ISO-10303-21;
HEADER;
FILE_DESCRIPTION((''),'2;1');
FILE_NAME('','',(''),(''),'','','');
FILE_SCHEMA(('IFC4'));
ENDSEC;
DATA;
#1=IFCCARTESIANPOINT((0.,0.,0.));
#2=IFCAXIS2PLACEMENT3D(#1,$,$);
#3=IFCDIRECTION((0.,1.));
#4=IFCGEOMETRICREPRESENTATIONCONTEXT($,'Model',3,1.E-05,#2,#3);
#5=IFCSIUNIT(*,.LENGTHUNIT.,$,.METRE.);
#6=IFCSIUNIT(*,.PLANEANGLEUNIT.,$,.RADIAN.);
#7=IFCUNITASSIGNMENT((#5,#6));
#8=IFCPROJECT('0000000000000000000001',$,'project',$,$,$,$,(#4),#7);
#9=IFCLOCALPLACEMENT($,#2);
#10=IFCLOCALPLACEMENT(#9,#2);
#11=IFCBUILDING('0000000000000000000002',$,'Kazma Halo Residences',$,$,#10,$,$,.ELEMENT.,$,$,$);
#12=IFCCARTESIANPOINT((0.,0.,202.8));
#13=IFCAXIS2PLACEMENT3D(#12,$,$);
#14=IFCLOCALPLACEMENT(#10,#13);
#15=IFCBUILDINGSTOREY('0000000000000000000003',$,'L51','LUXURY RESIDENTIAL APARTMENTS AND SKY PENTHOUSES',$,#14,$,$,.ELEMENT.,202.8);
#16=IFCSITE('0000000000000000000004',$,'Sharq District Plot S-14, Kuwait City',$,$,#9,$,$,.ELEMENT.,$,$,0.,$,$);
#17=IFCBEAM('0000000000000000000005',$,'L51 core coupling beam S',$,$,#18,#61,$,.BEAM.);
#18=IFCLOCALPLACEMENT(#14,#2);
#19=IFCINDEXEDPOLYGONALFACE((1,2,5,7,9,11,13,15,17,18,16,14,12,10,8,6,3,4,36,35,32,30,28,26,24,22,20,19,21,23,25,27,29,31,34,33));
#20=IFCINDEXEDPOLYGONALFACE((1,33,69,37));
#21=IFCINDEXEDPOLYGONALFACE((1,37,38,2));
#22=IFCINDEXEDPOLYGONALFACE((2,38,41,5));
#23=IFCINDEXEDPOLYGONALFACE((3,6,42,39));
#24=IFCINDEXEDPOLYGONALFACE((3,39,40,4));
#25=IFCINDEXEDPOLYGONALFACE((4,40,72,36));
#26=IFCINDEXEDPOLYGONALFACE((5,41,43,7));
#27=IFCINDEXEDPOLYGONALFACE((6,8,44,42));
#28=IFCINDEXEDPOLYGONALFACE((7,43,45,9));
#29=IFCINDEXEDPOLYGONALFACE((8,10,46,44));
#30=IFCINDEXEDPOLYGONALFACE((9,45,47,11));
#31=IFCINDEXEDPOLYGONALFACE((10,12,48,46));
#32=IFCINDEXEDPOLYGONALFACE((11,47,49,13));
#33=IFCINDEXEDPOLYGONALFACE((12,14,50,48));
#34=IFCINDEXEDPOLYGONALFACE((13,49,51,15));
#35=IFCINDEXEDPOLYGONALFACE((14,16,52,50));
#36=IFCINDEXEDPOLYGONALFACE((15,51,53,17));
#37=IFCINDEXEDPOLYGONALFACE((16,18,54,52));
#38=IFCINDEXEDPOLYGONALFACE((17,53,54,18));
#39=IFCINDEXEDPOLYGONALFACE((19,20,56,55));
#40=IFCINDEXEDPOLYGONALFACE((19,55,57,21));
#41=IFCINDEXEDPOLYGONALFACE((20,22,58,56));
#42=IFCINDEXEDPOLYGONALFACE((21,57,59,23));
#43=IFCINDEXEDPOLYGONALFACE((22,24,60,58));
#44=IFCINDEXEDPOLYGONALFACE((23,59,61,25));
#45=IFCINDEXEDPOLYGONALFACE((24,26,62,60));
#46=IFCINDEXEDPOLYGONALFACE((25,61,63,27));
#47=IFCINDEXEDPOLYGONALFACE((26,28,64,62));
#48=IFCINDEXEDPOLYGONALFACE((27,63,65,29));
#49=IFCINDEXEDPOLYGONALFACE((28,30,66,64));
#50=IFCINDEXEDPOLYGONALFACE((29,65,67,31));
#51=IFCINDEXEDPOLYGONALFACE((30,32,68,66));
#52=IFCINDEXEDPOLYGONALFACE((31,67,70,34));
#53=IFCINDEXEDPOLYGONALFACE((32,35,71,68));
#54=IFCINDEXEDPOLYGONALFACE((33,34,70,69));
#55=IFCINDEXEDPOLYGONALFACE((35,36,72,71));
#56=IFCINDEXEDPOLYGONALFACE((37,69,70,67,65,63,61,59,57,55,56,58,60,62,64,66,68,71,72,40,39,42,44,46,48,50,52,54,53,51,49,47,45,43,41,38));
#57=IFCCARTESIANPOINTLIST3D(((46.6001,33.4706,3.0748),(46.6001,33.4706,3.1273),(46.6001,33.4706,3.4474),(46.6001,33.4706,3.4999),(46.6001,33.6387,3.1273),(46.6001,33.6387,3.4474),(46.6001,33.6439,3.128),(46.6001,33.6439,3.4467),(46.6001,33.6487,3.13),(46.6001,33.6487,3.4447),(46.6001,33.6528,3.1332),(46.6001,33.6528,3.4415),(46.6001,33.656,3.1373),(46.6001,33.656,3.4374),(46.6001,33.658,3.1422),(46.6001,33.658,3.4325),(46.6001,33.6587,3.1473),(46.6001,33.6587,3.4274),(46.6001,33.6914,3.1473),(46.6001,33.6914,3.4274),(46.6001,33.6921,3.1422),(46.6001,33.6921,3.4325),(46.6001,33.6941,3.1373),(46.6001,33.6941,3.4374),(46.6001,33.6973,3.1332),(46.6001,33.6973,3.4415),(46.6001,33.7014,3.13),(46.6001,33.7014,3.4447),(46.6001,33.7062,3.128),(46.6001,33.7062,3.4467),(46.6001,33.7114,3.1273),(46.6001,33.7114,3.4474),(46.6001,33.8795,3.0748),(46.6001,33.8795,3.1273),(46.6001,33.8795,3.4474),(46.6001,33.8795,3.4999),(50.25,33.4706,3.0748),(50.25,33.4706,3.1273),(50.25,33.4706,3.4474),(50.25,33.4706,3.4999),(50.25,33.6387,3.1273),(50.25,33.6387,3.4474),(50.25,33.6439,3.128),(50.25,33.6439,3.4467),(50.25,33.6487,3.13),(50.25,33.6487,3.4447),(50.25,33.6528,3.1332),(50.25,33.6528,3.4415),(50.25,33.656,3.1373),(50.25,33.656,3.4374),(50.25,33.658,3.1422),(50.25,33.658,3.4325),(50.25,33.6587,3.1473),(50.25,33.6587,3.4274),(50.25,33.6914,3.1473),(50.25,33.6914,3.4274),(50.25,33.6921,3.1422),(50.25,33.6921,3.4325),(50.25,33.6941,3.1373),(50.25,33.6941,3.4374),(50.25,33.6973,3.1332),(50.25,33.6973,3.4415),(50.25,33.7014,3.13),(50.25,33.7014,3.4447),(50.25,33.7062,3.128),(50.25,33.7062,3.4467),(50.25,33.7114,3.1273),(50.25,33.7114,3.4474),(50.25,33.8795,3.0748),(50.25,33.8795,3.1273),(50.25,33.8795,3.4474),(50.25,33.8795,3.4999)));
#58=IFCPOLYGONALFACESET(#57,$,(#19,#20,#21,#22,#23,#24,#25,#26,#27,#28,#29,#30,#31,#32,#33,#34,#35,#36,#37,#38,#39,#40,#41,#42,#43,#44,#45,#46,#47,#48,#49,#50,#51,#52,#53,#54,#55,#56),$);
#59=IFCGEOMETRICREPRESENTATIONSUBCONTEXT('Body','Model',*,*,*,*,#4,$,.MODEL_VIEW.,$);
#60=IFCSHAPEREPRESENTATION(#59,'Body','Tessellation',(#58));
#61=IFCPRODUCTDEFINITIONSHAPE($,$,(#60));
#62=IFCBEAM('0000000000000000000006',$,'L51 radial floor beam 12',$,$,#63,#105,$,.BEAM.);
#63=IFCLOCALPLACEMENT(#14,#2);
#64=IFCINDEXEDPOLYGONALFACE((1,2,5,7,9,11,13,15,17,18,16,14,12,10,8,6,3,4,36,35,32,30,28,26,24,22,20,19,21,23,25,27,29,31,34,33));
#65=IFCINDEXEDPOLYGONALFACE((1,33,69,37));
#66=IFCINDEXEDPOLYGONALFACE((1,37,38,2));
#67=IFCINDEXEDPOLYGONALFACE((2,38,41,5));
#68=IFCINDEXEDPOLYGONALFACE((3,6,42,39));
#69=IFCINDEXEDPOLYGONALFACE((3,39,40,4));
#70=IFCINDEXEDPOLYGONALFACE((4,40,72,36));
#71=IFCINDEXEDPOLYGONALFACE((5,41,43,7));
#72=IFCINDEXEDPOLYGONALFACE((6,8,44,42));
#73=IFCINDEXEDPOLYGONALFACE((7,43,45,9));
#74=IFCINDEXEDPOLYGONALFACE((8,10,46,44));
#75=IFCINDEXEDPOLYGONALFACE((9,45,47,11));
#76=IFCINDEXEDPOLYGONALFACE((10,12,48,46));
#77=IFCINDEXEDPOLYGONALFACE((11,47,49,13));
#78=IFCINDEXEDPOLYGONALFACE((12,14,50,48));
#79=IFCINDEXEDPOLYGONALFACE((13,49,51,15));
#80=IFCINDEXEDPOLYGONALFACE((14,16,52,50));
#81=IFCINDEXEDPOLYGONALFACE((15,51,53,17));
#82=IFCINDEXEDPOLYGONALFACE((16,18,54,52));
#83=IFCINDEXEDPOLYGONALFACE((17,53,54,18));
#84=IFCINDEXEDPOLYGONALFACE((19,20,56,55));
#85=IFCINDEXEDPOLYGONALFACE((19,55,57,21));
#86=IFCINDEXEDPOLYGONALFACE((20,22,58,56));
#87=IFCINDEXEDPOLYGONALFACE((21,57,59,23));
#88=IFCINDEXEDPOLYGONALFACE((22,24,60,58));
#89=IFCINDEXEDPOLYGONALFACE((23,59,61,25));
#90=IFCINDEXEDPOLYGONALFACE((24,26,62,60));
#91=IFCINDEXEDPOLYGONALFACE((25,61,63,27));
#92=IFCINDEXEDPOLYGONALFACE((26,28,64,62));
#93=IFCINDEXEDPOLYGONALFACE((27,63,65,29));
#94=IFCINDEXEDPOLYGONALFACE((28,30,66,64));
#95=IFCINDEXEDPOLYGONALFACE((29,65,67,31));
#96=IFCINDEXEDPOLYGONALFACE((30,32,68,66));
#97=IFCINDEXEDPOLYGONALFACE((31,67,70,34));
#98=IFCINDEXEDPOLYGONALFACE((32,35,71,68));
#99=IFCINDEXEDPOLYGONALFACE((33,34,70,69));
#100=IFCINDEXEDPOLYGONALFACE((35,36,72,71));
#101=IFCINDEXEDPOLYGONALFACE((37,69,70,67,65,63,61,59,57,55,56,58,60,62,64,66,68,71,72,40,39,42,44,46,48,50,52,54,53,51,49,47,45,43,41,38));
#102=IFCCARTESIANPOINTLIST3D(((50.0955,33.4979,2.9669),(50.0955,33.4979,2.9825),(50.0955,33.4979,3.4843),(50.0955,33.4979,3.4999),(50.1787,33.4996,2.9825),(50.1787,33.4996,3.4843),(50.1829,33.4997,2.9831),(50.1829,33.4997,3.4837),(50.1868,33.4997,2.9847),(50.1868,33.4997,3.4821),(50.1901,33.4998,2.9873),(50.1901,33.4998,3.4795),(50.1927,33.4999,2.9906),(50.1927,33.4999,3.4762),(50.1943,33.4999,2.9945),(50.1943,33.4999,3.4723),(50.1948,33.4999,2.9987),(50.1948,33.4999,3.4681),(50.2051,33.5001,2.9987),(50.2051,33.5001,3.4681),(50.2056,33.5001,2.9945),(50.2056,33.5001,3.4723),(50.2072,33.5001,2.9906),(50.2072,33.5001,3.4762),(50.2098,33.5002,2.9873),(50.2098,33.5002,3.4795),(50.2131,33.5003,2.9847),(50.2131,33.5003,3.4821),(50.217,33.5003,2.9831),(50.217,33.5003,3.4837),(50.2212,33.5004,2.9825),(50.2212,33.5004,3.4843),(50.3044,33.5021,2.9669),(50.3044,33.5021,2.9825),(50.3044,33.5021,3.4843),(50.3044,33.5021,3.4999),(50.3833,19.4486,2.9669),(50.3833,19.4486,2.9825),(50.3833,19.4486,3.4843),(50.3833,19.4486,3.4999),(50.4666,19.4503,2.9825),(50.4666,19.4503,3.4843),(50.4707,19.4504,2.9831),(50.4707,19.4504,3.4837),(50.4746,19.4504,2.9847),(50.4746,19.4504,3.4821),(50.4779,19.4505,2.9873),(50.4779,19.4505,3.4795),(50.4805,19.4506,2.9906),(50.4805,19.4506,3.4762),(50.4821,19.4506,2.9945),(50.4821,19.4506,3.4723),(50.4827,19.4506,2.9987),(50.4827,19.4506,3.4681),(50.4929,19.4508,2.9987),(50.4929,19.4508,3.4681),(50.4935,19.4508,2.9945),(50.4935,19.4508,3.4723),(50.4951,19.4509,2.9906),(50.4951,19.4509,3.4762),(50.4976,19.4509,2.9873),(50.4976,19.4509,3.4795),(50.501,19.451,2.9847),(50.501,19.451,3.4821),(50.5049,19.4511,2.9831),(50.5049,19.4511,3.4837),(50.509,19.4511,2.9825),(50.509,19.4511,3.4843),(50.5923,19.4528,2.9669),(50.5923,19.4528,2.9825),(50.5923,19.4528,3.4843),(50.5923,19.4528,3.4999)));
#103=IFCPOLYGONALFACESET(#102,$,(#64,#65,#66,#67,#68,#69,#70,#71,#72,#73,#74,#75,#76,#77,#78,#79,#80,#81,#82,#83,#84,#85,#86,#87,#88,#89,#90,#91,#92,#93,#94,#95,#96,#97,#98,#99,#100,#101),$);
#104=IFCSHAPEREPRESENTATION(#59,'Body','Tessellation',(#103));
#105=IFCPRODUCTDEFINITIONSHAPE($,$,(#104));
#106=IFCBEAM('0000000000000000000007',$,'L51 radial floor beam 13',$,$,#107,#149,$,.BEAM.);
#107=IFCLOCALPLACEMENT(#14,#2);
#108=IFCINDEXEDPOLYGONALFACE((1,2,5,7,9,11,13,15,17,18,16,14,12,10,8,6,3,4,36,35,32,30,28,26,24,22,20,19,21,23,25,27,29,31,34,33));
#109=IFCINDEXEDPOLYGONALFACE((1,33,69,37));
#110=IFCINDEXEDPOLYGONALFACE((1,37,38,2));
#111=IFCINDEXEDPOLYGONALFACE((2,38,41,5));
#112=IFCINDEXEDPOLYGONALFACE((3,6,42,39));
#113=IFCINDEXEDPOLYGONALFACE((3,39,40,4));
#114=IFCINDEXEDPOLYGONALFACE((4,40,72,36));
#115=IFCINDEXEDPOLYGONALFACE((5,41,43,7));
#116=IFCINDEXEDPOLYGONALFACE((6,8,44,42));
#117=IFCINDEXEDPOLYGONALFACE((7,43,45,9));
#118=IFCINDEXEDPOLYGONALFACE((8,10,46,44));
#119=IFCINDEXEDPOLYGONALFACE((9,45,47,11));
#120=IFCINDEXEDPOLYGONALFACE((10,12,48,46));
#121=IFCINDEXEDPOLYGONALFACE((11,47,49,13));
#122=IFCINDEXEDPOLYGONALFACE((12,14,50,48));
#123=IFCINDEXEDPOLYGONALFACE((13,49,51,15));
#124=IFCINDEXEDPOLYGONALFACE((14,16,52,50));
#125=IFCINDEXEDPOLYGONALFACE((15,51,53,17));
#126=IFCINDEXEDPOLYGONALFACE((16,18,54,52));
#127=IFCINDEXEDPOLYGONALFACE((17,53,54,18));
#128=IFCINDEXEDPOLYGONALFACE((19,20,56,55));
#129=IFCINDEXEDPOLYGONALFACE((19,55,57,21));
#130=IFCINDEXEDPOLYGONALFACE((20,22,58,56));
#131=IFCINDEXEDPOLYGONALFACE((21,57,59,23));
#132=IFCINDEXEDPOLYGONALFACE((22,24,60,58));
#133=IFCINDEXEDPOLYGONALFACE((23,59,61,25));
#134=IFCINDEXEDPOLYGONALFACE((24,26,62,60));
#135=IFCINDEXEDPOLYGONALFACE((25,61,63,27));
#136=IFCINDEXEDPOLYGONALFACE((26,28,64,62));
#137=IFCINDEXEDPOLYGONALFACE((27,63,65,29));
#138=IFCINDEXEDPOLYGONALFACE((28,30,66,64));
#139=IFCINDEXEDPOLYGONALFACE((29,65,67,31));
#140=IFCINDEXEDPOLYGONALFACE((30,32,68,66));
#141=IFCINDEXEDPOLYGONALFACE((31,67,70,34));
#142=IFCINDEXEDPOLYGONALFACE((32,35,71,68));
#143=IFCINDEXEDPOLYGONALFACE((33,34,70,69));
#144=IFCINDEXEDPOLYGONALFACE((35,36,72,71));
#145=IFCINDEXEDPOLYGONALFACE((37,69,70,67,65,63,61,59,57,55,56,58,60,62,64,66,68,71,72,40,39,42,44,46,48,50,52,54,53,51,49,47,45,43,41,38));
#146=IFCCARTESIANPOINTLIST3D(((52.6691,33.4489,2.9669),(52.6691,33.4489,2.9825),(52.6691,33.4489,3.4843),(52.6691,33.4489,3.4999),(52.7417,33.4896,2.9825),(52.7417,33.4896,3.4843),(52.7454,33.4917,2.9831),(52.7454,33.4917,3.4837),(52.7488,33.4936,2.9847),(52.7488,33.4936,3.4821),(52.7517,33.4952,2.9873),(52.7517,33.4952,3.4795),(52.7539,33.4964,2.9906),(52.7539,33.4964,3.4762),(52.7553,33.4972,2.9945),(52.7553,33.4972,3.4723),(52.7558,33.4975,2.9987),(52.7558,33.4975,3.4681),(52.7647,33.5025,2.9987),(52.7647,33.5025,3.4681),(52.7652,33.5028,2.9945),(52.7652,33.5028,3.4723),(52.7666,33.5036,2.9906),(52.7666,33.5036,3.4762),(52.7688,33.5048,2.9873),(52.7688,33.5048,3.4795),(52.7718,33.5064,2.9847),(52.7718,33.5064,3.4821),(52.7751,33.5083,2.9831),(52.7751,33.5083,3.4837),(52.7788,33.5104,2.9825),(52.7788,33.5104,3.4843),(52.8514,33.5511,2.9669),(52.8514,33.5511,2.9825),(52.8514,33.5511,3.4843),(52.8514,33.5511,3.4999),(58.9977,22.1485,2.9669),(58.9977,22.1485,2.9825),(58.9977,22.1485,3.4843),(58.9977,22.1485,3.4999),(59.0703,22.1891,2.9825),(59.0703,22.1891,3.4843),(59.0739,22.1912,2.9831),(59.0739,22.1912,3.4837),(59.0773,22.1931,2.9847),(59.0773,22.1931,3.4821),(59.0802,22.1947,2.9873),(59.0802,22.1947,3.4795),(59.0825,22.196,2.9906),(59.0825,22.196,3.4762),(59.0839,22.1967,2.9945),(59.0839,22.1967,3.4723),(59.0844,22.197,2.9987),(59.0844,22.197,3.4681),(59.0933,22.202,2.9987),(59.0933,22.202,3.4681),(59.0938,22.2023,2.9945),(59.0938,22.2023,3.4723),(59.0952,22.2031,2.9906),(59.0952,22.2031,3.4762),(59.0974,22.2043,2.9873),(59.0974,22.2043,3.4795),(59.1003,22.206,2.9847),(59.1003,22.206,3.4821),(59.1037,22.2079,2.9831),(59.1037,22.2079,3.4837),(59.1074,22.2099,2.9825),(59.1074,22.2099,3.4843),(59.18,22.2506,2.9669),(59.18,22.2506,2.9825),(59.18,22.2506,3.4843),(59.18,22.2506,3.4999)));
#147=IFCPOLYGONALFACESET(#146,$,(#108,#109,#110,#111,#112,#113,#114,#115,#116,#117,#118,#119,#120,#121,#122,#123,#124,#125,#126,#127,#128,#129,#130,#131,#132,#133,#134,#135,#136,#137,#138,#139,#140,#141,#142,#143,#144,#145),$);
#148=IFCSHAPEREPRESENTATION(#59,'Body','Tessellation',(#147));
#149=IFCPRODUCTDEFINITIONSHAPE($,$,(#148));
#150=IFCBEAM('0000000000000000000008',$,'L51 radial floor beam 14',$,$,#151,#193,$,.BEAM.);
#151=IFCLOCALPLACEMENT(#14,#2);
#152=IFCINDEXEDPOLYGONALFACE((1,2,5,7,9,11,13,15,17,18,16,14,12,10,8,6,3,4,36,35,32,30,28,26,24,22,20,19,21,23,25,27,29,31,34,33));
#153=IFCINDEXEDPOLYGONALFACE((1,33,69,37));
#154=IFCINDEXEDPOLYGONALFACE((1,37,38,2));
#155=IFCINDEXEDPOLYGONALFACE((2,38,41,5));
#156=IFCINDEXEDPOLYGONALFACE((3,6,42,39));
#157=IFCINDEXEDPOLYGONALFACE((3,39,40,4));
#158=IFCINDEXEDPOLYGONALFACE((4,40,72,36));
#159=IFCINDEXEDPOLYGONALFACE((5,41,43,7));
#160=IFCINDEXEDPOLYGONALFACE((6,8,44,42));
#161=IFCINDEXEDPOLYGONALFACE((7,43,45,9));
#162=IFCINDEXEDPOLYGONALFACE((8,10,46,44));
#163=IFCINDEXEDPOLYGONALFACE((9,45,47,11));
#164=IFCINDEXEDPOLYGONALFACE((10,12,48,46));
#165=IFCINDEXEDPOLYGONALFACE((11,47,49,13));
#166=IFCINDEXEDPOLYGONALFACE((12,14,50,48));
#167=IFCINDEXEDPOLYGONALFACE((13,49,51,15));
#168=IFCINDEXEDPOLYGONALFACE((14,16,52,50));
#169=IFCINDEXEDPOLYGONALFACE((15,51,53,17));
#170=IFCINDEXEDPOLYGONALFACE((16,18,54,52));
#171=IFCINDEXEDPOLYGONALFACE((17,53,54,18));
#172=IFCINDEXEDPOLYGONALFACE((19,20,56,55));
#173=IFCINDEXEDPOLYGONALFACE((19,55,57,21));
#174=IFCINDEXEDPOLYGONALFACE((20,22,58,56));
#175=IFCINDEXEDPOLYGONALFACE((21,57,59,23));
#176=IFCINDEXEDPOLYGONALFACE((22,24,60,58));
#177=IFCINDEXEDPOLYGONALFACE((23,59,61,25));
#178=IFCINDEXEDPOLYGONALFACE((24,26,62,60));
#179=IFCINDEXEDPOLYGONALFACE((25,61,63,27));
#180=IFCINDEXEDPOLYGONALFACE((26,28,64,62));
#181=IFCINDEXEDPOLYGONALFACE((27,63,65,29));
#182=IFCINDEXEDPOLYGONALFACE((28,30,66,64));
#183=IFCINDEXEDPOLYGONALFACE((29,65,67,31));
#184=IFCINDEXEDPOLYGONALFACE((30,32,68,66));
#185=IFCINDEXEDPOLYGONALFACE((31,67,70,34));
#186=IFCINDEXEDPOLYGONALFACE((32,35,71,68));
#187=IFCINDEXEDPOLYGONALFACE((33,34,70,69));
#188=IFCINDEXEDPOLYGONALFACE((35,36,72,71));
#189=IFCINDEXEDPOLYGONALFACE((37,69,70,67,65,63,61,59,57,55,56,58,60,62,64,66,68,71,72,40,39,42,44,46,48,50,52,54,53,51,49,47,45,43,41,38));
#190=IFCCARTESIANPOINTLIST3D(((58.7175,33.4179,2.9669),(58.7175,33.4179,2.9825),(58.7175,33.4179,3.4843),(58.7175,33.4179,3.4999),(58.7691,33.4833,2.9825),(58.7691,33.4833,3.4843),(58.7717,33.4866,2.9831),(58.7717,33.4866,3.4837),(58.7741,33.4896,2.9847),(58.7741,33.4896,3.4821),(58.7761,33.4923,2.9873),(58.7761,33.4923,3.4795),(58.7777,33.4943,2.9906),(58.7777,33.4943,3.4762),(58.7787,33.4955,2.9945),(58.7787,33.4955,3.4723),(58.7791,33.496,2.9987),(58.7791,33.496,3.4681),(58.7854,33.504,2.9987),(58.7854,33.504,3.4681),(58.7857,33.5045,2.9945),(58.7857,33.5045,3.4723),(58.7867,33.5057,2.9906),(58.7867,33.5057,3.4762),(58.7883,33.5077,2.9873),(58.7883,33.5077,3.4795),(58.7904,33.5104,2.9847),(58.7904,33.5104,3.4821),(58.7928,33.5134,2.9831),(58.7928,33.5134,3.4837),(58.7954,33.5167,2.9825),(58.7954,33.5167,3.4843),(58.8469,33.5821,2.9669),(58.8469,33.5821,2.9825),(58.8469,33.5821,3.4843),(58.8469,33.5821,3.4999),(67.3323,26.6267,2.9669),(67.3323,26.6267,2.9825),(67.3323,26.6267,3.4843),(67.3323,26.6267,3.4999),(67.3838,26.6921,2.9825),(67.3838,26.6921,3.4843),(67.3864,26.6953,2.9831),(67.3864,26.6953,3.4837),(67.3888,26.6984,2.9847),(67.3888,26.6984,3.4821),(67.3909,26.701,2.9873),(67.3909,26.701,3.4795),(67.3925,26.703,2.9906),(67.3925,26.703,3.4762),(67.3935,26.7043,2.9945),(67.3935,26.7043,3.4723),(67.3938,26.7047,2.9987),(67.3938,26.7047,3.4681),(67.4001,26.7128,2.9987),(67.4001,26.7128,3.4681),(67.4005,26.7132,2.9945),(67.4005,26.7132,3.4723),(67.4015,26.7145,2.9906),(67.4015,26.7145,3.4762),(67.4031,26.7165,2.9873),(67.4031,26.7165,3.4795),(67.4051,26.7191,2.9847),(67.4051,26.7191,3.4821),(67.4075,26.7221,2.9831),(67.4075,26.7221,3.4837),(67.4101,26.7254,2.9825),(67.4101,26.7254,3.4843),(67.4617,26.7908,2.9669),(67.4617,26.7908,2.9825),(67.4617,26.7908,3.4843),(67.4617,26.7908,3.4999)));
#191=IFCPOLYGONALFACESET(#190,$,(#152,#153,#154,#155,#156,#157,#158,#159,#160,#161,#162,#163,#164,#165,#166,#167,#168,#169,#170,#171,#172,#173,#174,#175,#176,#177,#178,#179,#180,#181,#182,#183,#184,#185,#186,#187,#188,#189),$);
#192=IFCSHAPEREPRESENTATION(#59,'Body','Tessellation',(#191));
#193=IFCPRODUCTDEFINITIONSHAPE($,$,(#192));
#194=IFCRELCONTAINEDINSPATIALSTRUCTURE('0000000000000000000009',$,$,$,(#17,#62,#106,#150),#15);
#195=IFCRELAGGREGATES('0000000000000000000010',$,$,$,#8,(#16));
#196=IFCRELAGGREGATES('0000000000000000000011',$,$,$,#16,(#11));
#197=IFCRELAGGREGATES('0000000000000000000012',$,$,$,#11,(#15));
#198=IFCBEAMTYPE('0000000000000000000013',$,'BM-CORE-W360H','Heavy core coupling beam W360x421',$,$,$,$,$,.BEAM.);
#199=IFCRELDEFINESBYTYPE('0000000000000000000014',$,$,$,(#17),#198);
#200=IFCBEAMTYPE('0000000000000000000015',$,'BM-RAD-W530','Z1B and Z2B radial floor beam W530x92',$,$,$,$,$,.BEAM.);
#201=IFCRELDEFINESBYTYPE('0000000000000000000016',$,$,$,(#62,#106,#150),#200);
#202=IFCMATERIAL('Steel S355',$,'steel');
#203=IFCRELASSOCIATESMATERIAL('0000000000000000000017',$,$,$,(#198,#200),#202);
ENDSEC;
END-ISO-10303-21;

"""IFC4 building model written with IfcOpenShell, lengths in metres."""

from ifc_helpers import new_model, si_unit, direction, frame, origin, origin_2d, place, context, subcontext, project, spatial, i_section, extrude, material, material_profile, profile_set, type_object, element, save


model = new_model("IFC4")

# Units and contexts
model_context = context("Model", 3, precision=1e-05, world=origin(), true_north=direction((0.0, 1.0)))
body_context = subcontext(model_context, "Body", "Model", "MODEL_VIEW")
ifc_project = project(units=[si_unit("LENGTHUNIT", "METRE"), si_unit("PLANEANGLEUNIT", "RADIAN")], contexts=[model_context])

# Site, building, storey
site_placement = place(None, origin())
site = spatial("IfcSite", under=ifc_project, at=site_placement, Name="Sharq District Plot S-14, Kuwait City", CompositionType="ELEMENT", RefElevation=0.0)
building_placement = place(site_placement, origin())
building = spatial("IfcBuilding", under=site, at=building_placement, Name="Kazma Halo Residences", CompositionType="ELEMENT")
storey_placement = place(building_placement, frame((0.0, 0.0, 202.8)))
storey = spatial("IfcBuildingStorey", under=building, at=storey_placement, Name="L51", Description="LUXURY RESIDENTIAL APARTMENTS AND SKY PENTHOUSES", CompositionType="ELEMENT", Elevation=202.8)

# Beams
ifc_material_1 = material(Name="Steel S355", Category="steel")
ifc_material_profile_1 = material_profile(ifc_material_1, i_section(OverallWidth=0.4089, OverallDepth=0.425, WebThickness=0.0327, FlangeThickness=0.0525, FilletRadius=0.02, at=origin_2d()), Name="W360x421")
ifc_profile_set_1 = profile_set([ifc_material_profile_1], Name="Steel S355")
beam_type_1 = type_object("IfcBeamType", Name="BM-CORE-W360H", Description="Heavy core coupling beam W360x421", PredefinedType="BEAM", material=ifc_profile_set_1)
beam_1_placement = place(storey_placement, frame((46.6001, 33.675, 3.2874), z_axis=(1.0, 0.0, 0.0), x_axis=(0.0, 1.0, 0.0)))
element("IfcBeam", 1, at=beam_1_placement, inside=storey, type_object=beam_type_1, Name="L51 core coupling beam S", PredefinedType="BEAM", context=body_context, shape_type="SweptSolid", body=[
    extrude(i_section(OverallWidth=0.4089, OverallDepth=0.425, WebThickness=0.0327, FlangeThickness=0.0525, FilletRadius=0.02, at=origin_2d()), origin(), (0.0, 0.0, 1.0), 3.6499),
])
ifc_material_profile_2 = material_profile(ifc_material_1, i_section(OverallWidth=0.209, OverallDepth=0.533, WebThickness=0.0103, FlangeThickness=0.0156, FilletRadius=0.0161, at=origin_2d()), Name="W530x92")
ifc_profile_set_2 = profile_set([ifc_material_profile_2], Name="Steel S355")
beam_type_2 = type_object("IfcBeamType", Name="BM-RAD-W530", Description="Z1B and Z2B radial floor beam W530x92", PredefinedType="BEAM", material=ifc_profile_set_2)
beam_2_placement = place(storey_placement, frame((50.2, 33.5, 3.2334), z_axis=(0.020484, -0.99979, 0.0), x_axis=(0.99979, 0.020484, 0.0)))
element("IfcBeam", 2, at=beam_2_placement, inside=storey, type_object=beam_type_2, Name="L51 radial floor beam 12", PredefinedType="BEAM", context=body_context, shape_type="SweptSolid", body=[
    extrude(i_section(OverallWidth=0.209, OverallDepth=0.533, WebThickness=0.0103, FlangeThickness=0.0156, FilletRadius=0.0161, at=origin_2d()), origin(), (0.0, 0.0, 1.0), 14.0522),
])
beam_3_placement = place(storey_placement, frame((52.7603, 33.5, 3.2334), z_axis=(0.488622, -0.872496, 0.0), x_axis=(0.872496, 0.488622, 0.0)))
element("IfcBeam", 3, at=beam_3_placement, inside=storey, type_object=beam_type_2, Name="L51 radial floor beam 13", PredefinedType="BEAM", context=body_context, shape_type="SweptSolid", body=[
    extrude(i_section(OverallWidth=0.209, OverallDepth=0.533, WebThickness=0.0103, FlangeThickness=0.0156, FilletRadius=0.0161, at=origin_2d()), origin(), (0.0, 0.0, 1.0), 12.9519),
])
beam_4_placement = place(storey_placement, frame((58.7822, 33.5, 3.2334), z_axis=(0.78532, -0.619091, 0.0), x_axis=(0.619091, 0.78532, 0.0)))
element("IfcBeam", 4, at=beam_4_placement, inside=storey, type_object=beam_type_2, Name="L51 radial floor beam 14", PredefinedType="BEAM", context=body_context, shape_type="SweptSolid", body=[
    extrude(i_section(OverallWidth=0.209, OverallDepth=0.533, WebThickness=0.0103, FlangeThickness=0.0156, FilletRadius=0.0161, at=origin_2d()), origin(), (0.0, 0.0, 1.0), 10.9697),
])

save(model, "model.ifc")
